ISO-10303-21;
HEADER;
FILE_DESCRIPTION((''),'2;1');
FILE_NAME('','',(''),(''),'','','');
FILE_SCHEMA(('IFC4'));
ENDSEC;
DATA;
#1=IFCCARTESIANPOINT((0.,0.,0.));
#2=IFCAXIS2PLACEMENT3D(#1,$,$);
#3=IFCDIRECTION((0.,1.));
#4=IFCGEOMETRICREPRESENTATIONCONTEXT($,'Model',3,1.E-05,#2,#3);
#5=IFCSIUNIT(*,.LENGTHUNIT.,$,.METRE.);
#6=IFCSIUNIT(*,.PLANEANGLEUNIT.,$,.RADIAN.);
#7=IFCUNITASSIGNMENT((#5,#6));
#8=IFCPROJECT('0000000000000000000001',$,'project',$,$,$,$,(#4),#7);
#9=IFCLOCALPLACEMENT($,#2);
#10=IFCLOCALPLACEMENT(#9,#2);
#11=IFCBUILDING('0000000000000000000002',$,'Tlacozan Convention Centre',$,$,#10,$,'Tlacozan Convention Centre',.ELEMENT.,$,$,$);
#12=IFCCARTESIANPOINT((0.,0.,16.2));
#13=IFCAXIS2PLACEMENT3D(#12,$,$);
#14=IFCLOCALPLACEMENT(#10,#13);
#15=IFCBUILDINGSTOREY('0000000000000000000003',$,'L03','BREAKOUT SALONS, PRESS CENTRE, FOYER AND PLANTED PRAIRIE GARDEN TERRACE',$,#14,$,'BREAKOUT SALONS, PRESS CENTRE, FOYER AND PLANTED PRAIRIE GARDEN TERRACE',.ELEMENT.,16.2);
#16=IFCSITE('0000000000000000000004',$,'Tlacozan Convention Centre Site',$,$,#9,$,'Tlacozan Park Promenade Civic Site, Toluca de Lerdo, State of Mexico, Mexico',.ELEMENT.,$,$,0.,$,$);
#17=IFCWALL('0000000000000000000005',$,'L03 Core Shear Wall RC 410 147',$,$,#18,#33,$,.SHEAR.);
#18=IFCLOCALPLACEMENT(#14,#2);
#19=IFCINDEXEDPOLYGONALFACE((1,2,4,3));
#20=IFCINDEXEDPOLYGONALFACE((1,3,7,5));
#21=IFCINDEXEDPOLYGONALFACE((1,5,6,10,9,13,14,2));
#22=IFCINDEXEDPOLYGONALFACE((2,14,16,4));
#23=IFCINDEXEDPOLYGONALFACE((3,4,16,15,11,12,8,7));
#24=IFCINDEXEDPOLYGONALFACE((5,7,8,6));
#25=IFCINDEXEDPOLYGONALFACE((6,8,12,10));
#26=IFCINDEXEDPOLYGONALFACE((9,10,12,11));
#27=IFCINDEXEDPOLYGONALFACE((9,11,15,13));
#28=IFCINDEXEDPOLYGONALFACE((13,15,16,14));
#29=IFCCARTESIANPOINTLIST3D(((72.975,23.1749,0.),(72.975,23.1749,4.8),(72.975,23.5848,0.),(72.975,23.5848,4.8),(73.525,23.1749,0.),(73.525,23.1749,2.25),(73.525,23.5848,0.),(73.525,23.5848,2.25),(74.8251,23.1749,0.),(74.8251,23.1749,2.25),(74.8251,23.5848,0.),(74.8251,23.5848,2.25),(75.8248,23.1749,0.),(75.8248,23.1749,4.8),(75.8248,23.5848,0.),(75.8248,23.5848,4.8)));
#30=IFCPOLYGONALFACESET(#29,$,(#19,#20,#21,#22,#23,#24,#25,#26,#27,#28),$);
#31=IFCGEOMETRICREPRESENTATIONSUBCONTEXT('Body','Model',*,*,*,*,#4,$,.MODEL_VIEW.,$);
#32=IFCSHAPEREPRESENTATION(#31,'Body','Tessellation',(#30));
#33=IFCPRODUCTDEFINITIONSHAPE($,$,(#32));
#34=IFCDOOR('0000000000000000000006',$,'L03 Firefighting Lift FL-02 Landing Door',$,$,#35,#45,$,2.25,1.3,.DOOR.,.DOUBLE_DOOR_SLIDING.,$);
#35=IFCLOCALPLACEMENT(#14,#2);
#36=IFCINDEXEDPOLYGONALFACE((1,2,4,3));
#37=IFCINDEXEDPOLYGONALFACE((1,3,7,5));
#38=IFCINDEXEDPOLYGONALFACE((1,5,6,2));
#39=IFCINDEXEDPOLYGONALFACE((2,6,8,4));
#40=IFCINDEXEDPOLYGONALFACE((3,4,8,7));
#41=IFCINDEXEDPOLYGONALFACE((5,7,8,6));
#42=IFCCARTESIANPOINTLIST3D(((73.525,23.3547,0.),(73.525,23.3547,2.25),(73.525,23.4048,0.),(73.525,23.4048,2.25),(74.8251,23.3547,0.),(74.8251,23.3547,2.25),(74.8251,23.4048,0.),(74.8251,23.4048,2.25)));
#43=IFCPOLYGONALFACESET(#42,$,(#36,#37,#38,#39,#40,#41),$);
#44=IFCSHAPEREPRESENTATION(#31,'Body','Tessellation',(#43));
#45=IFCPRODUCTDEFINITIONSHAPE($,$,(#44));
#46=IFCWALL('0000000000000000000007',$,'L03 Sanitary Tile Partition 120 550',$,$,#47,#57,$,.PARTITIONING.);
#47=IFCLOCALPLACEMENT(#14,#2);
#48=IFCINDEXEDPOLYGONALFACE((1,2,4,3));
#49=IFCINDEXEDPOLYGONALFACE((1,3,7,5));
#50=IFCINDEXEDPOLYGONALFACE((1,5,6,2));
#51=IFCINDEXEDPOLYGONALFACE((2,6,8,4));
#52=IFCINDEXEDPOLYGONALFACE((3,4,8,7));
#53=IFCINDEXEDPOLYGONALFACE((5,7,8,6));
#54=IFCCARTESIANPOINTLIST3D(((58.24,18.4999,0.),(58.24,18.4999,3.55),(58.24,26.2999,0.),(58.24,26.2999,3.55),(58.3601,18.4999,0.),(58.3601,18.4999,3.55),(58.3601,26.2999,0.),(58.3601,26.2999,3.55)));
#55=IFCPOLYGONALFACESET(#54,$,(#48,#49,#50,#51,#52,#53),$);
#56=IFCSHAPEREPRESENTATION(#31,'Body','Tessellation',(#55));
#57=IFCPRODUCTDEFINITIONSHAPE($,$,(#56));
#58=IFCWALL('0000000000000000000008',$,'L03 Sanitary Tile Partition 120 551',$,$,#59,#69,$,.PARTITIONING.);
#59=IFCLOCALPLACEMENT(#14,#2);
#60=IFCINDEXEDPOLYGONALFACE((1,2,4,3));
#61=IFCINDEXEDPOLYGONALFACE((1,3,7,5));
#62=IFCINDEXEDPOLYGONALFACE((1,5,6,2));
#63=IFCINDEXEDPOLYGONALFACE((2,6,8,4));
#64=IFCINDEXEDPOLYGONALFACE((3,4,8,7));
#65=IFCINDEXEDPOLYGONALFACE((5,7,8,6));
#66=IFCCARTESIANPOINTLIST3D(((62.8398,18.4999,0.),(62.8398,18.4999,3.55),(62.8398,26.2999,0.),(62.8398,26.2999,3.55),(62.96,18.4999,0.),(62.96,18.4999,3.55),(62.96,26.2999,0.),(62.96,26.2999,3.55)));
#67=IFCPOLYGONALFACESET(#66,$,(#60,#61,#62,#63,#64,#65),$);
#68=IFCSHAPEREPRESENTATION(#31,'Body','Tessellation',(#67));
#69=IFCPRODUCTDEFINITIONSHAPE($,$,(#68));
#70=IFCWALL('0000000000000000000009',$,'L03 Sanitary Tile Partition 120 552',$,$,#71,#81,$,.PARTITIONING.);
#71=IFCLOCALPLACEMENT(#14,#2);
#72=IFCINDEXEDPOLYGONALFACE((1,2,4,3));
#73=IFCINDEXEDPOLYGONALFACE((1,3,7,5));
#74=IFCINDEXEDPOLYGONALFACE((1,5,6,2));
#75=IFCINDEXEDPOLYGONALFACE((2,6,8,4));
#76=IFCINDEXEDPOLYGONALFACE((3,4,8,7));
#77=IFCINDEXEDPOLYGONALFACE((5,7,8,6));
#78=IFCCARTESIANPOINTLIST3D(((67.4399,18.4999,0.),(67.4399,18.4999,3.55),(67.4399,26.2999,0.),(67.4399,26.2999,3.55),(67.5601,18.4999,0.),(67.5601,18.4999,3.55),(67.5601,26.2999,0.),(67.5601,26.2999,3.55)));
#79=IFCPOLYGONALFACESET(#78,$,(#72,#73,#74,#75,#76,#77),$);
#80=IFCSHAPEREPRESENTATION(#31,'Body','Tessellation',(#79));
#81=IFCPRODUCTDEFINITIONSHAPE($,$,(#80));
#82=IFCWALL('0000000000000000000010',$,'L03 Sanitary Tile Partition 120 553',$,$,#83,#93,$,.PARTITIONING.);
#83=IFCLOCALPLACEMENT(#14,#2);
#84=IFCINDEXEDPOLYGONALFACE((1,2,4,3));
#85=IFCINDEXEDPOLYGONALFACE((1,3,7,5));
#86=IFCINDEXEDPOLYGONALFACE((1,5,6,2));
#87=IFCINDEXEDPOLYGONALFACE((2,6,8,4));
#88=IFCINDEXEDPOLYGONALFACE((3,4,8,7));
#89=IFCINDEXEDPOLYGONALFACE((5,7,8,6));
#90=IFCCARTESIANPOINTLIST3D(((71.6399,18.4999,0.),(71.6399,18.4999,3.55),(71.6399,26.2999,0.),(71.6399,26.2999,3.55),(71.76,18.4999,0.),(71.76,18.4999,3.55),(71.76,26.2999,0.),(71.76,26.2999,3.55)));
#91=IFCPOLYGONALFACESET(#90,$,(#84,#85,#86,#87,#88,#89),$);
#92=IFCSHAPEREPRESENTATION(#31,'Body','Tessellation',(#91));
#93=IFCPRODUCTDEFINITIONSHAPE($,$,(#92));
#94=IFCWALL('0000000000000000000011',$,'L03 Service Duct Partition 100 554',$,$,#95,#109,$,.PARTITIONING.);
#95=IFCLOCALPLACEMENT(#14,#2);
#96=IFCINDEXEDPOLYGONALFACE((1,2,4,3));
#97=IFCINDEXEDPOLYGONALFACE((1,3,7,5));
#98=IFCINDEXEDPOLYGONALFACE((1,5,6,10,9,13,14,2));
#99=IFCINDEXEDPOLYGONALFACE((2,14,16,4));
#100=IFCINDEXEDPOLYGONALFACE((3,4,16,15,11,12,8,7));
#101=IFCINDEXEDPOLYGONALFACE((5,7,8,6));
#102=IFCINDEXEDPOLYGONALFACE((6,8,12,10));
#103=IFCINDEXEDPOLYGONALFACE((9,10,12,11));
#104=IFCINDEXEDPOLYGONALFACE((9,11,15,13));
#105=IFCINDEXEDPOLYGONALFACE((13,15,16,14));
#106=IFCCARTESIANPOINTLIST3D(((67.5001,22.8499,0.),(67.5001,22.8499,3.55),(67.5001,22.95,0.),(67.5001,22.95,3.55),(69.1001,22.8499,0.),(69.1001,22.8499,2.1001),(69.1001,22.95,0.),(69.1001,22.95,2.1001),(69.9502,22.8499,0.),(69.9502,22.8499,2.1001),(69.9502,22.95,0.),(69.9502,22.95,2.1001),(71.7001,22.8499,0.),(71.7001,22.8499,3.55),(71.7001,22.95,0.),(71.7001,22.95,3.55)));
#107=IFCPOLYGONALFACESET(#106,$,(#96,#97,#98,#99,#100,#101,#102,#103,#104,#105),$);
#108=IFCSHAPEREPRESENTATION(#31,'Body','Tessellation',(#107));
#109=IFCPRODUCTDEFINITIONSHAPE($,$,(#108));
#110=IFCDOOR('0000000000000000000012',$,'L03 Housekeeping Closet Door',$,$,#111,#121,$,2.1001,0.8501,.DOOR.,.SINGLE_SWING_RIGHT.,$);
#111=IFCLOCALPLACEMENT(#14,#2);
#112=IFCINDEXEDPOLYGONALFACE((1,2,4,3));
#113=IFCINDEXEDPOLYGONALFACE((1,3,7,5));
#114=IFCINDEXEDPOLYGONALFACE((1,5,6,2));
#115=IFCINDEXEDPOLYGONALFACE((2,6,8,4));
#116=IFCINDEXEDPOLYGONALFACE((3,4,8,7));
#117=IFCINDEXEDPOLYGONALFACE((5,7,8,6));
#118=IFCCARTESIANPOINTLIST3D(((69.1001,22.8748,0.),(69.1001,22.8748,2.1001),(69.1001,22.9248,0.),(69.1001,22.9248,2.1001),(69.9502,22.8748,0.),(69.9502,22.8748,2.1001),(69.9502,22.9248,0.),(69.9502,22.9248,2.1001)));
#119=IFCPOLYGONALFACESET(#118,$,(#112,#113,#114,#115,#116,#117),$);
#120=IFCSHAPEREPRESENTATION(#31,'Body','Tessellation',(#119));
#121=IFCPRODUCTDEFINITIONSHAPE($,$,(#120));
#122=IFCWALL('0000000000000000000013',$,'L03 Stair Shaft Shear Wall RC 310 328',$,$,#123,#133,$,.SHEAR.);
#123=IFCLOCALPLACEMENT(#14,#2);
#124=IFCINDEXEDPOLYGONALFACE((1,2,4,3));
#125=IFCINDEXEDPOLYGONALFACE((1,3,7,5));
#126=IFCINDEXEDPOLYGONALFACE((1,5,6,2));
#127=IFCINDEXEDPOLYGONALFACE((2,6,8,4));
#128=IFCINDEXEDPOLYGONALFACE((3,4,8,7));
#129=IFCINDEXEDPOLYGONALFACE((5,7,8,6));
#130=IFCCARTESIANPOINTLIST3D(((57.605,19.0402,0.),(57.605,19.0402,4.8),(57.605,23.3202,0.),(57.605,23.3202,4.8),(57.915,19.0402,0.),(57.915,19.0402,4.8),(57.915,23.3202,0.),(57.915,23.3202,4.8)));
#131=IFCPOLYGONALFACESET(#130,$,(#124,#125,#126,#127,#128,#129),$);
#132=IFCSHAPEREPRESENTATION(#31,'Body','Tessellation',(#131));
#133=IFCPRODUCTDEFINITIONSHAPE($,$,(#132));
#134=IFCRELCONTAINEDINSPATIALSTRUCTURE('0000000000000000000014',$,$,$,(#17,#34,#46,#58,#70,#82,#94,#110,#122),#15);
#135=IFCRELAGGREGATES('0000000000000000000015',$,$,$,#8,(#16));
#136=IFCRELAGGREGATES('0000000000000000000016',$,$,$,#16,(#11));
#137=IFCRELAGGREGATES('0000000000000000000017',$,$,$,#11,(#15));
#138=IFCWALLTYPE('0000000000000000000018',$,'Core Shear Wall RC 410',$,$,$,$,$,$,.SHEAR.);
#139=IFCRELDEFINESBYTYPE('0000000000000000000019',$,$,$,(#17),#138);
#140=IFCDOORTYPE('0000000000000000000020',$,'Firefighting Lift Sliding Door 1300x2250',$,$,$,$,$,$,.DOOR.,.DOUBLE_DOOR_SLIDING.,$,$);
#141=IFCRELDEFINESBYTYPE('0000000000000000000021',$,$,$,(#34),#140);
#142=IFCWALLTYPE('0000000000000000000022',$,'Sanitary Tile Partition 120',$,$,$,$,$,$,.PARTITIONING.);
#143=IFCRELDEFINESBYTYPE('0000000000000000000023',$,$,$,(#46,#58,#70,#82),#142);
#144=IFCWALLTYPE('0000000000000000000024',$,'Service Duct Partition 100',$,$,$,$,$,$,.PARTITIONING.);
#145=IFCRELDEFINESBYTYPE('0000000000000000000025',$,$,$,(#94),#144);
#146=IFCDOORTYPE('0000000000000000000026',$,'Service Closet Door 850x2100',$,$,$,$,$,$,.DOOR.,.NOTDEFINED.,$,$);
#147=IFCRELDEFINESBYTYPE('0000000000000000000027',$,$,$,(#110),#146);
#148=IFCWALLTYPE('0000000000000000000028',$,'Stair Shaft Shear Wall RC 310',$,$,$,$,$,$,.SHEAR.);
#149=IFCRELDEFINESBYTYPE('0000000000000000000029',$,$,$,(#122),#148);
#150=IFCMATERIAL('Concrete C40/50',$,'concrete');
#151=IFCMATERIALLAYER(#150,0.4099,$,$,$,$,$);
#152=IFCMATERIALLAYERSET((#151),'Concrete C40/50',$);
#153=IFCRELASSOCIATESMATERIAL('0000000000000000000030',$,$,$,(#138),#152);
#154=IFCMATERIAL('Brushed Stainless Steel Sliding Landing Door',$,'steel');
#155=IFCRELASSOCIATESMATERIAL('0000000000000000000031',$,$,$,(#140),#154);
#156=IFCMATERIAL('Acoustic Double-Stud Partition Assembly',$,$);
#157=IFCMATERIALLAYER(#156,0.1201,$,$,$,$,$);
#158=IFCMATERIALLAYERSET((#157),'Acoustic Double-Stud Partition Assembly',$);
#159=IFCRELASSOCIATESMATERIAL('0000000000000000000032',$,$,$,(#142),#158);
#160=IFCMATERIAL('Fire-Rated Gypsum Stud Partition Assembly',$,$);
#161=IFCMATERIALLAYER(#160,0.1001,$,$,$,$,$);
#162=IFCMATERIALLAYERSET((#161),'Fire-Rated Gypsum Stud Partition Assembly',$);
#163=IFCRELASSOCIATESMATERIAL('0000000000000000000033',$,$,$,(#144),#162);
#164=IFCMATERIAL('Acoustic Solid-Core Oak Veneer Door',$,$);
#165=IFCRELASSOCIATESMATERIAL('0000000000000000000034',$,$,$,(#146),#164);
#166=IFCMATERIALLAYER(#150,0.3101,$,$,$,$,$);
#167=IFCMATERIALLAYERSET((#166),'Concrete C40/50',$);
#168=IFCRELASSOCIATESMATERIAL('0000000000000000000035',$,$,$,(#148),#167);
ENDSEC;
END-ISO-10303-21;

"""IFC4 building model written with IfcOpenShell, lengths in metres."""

from ifc_helpers import new_model, si_unit, direction, frame, frame_2d, origin, place, context, subcontext, project, spatial, rectangle, extrude, material, layer, layer_set, type_object, element, fill, save


model = new_model("IFC4")

# Units and contexts
model_context = context("Model", 3, precision=1e-05, world=origin(), true_north=direction((0.0, 1.0)))
body_context = subcontext(model_context, "Body", "Model", "MODEL_VIEW")
ifc_project = project(units=[si_unit("LENGTHUNIT", "METRE"), si_unit("PLANEANGLEUNIT", "RADIAN")], contexts=[model_context])

# Site, building, storey
site_placement = place(None, origin())
site = spatial("IfcSite", under=ifc_project, at=site_placement, Name="Tlacozan Convention Centre Site", LongName="Tlacozan Park Promenade Civic Site, Toluca de Lerdo, State of Mexico, Mexico", CompositionType="ELEMENT", RefElevation=0.0)
building_placement = place(site_placement, origin())
building = spatial("IfcBuilding", under=site, at=building_placement, Name="Tlacozan Convention Centre", LongName="Tlacozan Convention Centre", CompositionType="ELEMENT")
storey_placement = place(building_placement, frame((0.0, 0.0, 16.2)))
storey = spatial("IfcBuildingStorey", under=building, at=storey_placement, Name="L03", Description="BREAKOUT SALONS, PRESS CENTRE, FOYER AND PLANTED PRAIRIE GARDEN TERRACE", LongName="BREAKOUT SALONS, PRESS CENTRE, FOYER AND PLANTED PRAIRIE GARDEN TERRACE", CompositionType="ELEMENT", Elevation=16.2)

# Shared definitions
ifc_material_1 = material(Name="Concrete C40/50", Category="concrete")

# Wall, opening, door
ifc_layer_1 = layer(ifc_material_1, 0.4099)
ifc_layer_set_1 = layer_set([ifc_layer_1], Name="Concrete C40/50")
wall_type_1 = type_object("IfcWallType", Name="Core Shear Wall RC 410", PredefinedType="SHEAR", material=ifc_layer_set_1)
wall_1_placement = place(storey_placement, frame((72.9751, 23.3799, 0.0), z_axis=(0.0, 0.0, 1.0), x_axis=(1.0, 0.0, 0.0)))
wall_1 = element("IfcWall", 1, at=wall_1_placement, inside=storey, type_object=wall_type_1, Name="L03 Core Shear Wall RC 410 147", PredefinedType="SHEAR", context=body_context, shape_type="SweptSolid", body=[
    extrude(rectangle(XDim=2.8499, YDim=0.4099, at=frame_2d((1.4248, 0.0))), origin(), (0.0, 0.0, 1.0), 4.8),
])
opening_1_placement = place(wall_1_placement, frame((0.55, 0.0, 0.0)))
opening_1 = element("IfcOpeningElement", 2, at=opening_1_placement, cuts=wall_1, PredefinedType="OPENING", context=body_context, shape_type="SweptSolid", body=[
    extrude(rectangle(XDim=1.3, YDim=2.25, at=frame_2d((0.6499, 1.125))), frame((0.0, 0.2148, 0.0), z_axis=(0.0, -1.0, 0.0), x_axis=(1.0, 0.0, 0.0)), (0.0, 0.0, 1.0), 0.4299),
])
ifc_material_2 = material(Name="Brushed Stainless Steel Sliding Landing Door", Category="steel")
door_type_1 = type_object("IfcDoorType", Name="Firefighting Lift Sliding Door 1300x2250", OperationType="DOUBLE_DOOR_SLIDING", PredefinedType="DOOR", material=ifc_material_2)
door_1_placement = place(opening_1_placement, origin())
door_1 = element("IfcDoor", 3, at=door_1_placement, inside=storey, type_object=door_type_1, Name="L03 Firefighting Lift FL-02 Landing Door", OperationType="DOUBLE_DOOR_SLIDING", OverallHeight=2.25, OverallWidth=1.3, PredefinedType="DOOR", context=body_context, shape_type="SweptSolid", body=[
    extrude(rectangle(XDim=1.3, YDim=2.25, at=frame_2d((0.6499, 1.125))), frame((0.0, 0.0249, 0.0), z_axis=(0.0, -1.0, 0.0), x_axis=(1.0, 0.0, 0.0)), (0.0, 0.0, 1.0), 0.05),
])
fill(opening_1, door_1)

# Walls
ifc_material_3 = material(Name="Acoustic Double-Stud Partition Assembly")
ifc_layer_2 = layer(ifc_material_3, 0.1201)
ifc_layer_set_2 = layer_set([ifc_layer_2], Name="Acoustic Double-Stud Partition Assembly")
wall_type_2 = type_object("IfcWallType", Name="Sanitary Tile Partition 120", PredefinedType="PARTITIONING", material=ifc_layer_set_2)
for number, where, z_axis, x_axis, name in (
    (4, (58.3, 18.5, 0.0), (0.0, 0.0, 1.0), (0.0, 1.0, 0.0), "L03 Sanitary Tile Partition 120 550"),
    (5, (62.8999, 18.5, 0.0), (0.0, 0.0, 1.0), (0.0, 1.0, 0.0), "L03 Sanitary Tile Partition 120 551"),
    (6, (67.5, 18.5, 0.0), (0.0, 0.0, 1.0), (0.0, 1.0, 0.0), "L03 Sanitary Tile Partition 120 552"),
    (7, (71.7, 18.5, 0.0), (0.0, 0.0, 1.0), (0.0, 1.0, 0.0), "L03 Sanitary Tile Partition 120 553"),
):
    element("IfcWall", number, at=place(storey_placement, frame(where, z_axis=z_axis, x_axis=x_axis)), inside=storey, type_object=wall_type_2, Name=name, PredefinedType="PARTITIONING", context=body_context, shape_type="SweptSolid", body=[
        extrude(rectangle(XDim=7.8, YDim=0.1201, at=frame_2d((3.8999, 0.0))), origin(), (0.0, 0.0, 1.0), 3.55),
    ])

# Wall, opening, door
ifc_material_4 = material(Name="Fire-Rated Gypsum Stud Partition Assembly")
ifc_layer_3 = layer(ifc_material_4, 0.1001)
ifc_layer_set_3 = layer_set([ifc_layer_3], Name="Fire-Rated Gypsum Stud Partition Assembly")
wall_type_3 = type_object("IfcWallType", Name="Service Duct Partition 100", PredefinedType="PARTITIONING", material=ifc_layer_set_3)
wall_2_placement = place(storey_placement, frame((67.5, 22.8999, 0.0), z_axis=(0.0, 0.0, 1.0), x_axis=(1.0, 0.0, 0.0)))
wall_2 = element("IfcWall", 8, at=wall_2_placement, inside=storey, type_object=wall_type_3, Name="L03 Service Duct Partition 100 554", PredefinedType="PARTITIONING", context=body_context, shape_type="SweptSolid", body=[
    extrude(rectangle(XDim=4.2, YDim=0.1001, at=frame_2d((2.1001, 0.0))), origin(), (0.0, 0.0, 1.0), 3.55),
])
opening_2_placement = place(wall_2_placement, frame((1.6001, 0.0, 0.0)))
opening_2 = element("IfcOpeningElement", 9, at=opening_2_placement, cuts=wall_2, PredefinedType="OPENING", context=body_context, shape_type="SweptSolid", body=[
    extrude(rectangle(XDim=0.8501, YDim=2.1001, at=frame_2d((0.425, 1.05))), frame((0.0, 0.0601, 0.0), z_axis=(0.0, -1.0, 0.0), x_axis=(1.0, 0.0, 0.0)), (0.0, 0.0, 1.0), 0.1201),
])
ifc_material_5 = material(Name="Acoustic Solid-Core Oak Veneer Door")
door_type_2 = type_object("IfcDoorType", Name="Service Closet Door 850x2100", OperationType="NOTDEFINED", PredefinedType="DOOR", material=ifc_material_5)
door_2_placement = place(opening_2_placement, origin())
door_2 = element("IfcDoor", 10, at=door_2_placement, inside=storey, type_object=door_type_2, Name="L03 Housekeeping Closet Door", OperationType="SINGLE_SWING_RIGHT", OverallHeight=2.1001, OverallWidth=0.8501, PredefinedType="DOOR", context=body_context, shape_type="SweptSolid", body=[
    extrude(rectangle(XDim=0.8501, YDim=2.1001, at=frame_2d((0.425, 1.05))), frame((0.0, 0.0249, 0.0), z_axis=(0.0, -1.0, 0.0), x_axis=(1.0, 0.0, 0.0)), (0.0, 0.0, 1.0), 0.05),
])
fill(opening_2, door_2)

# Wall
ifc_layer_4 = layer(ifc_material_1, 0.3101)
ifc_layer_set_4 = layer_set([ifc_layer_4], Name="Concrete C40/50")
wall_type_4 = type_object("IfcWallType", Name="Stair Shaft Shear Wall RC 310", PredefinedType="SHEAR", material=ifc_layer_set_4)
wall_3_placement = place(storey_placement, frame((57.76, 19.04, 0.0), z_axis=(0.0, 0.0, 1.0), x_axis=(0.0, 1.0, 0.0)))
element("IfcWall", 11, at=wall_3_placement, inside=storey, type_object=wall_type_4, Name="L03 Stair Shaft Shear Wall RC 310 328", PredefinedType="SHEAR", context=body_context, shape_type="SweptSolid", body=[
    extrude(rectangle(XDim=4.28, YDim=0.3101, at=frame_2d((2.1401, 0.0))), origin(), (0.0, 0.0, 1.0), 4.8),
])

save(model, "model.ifc")
